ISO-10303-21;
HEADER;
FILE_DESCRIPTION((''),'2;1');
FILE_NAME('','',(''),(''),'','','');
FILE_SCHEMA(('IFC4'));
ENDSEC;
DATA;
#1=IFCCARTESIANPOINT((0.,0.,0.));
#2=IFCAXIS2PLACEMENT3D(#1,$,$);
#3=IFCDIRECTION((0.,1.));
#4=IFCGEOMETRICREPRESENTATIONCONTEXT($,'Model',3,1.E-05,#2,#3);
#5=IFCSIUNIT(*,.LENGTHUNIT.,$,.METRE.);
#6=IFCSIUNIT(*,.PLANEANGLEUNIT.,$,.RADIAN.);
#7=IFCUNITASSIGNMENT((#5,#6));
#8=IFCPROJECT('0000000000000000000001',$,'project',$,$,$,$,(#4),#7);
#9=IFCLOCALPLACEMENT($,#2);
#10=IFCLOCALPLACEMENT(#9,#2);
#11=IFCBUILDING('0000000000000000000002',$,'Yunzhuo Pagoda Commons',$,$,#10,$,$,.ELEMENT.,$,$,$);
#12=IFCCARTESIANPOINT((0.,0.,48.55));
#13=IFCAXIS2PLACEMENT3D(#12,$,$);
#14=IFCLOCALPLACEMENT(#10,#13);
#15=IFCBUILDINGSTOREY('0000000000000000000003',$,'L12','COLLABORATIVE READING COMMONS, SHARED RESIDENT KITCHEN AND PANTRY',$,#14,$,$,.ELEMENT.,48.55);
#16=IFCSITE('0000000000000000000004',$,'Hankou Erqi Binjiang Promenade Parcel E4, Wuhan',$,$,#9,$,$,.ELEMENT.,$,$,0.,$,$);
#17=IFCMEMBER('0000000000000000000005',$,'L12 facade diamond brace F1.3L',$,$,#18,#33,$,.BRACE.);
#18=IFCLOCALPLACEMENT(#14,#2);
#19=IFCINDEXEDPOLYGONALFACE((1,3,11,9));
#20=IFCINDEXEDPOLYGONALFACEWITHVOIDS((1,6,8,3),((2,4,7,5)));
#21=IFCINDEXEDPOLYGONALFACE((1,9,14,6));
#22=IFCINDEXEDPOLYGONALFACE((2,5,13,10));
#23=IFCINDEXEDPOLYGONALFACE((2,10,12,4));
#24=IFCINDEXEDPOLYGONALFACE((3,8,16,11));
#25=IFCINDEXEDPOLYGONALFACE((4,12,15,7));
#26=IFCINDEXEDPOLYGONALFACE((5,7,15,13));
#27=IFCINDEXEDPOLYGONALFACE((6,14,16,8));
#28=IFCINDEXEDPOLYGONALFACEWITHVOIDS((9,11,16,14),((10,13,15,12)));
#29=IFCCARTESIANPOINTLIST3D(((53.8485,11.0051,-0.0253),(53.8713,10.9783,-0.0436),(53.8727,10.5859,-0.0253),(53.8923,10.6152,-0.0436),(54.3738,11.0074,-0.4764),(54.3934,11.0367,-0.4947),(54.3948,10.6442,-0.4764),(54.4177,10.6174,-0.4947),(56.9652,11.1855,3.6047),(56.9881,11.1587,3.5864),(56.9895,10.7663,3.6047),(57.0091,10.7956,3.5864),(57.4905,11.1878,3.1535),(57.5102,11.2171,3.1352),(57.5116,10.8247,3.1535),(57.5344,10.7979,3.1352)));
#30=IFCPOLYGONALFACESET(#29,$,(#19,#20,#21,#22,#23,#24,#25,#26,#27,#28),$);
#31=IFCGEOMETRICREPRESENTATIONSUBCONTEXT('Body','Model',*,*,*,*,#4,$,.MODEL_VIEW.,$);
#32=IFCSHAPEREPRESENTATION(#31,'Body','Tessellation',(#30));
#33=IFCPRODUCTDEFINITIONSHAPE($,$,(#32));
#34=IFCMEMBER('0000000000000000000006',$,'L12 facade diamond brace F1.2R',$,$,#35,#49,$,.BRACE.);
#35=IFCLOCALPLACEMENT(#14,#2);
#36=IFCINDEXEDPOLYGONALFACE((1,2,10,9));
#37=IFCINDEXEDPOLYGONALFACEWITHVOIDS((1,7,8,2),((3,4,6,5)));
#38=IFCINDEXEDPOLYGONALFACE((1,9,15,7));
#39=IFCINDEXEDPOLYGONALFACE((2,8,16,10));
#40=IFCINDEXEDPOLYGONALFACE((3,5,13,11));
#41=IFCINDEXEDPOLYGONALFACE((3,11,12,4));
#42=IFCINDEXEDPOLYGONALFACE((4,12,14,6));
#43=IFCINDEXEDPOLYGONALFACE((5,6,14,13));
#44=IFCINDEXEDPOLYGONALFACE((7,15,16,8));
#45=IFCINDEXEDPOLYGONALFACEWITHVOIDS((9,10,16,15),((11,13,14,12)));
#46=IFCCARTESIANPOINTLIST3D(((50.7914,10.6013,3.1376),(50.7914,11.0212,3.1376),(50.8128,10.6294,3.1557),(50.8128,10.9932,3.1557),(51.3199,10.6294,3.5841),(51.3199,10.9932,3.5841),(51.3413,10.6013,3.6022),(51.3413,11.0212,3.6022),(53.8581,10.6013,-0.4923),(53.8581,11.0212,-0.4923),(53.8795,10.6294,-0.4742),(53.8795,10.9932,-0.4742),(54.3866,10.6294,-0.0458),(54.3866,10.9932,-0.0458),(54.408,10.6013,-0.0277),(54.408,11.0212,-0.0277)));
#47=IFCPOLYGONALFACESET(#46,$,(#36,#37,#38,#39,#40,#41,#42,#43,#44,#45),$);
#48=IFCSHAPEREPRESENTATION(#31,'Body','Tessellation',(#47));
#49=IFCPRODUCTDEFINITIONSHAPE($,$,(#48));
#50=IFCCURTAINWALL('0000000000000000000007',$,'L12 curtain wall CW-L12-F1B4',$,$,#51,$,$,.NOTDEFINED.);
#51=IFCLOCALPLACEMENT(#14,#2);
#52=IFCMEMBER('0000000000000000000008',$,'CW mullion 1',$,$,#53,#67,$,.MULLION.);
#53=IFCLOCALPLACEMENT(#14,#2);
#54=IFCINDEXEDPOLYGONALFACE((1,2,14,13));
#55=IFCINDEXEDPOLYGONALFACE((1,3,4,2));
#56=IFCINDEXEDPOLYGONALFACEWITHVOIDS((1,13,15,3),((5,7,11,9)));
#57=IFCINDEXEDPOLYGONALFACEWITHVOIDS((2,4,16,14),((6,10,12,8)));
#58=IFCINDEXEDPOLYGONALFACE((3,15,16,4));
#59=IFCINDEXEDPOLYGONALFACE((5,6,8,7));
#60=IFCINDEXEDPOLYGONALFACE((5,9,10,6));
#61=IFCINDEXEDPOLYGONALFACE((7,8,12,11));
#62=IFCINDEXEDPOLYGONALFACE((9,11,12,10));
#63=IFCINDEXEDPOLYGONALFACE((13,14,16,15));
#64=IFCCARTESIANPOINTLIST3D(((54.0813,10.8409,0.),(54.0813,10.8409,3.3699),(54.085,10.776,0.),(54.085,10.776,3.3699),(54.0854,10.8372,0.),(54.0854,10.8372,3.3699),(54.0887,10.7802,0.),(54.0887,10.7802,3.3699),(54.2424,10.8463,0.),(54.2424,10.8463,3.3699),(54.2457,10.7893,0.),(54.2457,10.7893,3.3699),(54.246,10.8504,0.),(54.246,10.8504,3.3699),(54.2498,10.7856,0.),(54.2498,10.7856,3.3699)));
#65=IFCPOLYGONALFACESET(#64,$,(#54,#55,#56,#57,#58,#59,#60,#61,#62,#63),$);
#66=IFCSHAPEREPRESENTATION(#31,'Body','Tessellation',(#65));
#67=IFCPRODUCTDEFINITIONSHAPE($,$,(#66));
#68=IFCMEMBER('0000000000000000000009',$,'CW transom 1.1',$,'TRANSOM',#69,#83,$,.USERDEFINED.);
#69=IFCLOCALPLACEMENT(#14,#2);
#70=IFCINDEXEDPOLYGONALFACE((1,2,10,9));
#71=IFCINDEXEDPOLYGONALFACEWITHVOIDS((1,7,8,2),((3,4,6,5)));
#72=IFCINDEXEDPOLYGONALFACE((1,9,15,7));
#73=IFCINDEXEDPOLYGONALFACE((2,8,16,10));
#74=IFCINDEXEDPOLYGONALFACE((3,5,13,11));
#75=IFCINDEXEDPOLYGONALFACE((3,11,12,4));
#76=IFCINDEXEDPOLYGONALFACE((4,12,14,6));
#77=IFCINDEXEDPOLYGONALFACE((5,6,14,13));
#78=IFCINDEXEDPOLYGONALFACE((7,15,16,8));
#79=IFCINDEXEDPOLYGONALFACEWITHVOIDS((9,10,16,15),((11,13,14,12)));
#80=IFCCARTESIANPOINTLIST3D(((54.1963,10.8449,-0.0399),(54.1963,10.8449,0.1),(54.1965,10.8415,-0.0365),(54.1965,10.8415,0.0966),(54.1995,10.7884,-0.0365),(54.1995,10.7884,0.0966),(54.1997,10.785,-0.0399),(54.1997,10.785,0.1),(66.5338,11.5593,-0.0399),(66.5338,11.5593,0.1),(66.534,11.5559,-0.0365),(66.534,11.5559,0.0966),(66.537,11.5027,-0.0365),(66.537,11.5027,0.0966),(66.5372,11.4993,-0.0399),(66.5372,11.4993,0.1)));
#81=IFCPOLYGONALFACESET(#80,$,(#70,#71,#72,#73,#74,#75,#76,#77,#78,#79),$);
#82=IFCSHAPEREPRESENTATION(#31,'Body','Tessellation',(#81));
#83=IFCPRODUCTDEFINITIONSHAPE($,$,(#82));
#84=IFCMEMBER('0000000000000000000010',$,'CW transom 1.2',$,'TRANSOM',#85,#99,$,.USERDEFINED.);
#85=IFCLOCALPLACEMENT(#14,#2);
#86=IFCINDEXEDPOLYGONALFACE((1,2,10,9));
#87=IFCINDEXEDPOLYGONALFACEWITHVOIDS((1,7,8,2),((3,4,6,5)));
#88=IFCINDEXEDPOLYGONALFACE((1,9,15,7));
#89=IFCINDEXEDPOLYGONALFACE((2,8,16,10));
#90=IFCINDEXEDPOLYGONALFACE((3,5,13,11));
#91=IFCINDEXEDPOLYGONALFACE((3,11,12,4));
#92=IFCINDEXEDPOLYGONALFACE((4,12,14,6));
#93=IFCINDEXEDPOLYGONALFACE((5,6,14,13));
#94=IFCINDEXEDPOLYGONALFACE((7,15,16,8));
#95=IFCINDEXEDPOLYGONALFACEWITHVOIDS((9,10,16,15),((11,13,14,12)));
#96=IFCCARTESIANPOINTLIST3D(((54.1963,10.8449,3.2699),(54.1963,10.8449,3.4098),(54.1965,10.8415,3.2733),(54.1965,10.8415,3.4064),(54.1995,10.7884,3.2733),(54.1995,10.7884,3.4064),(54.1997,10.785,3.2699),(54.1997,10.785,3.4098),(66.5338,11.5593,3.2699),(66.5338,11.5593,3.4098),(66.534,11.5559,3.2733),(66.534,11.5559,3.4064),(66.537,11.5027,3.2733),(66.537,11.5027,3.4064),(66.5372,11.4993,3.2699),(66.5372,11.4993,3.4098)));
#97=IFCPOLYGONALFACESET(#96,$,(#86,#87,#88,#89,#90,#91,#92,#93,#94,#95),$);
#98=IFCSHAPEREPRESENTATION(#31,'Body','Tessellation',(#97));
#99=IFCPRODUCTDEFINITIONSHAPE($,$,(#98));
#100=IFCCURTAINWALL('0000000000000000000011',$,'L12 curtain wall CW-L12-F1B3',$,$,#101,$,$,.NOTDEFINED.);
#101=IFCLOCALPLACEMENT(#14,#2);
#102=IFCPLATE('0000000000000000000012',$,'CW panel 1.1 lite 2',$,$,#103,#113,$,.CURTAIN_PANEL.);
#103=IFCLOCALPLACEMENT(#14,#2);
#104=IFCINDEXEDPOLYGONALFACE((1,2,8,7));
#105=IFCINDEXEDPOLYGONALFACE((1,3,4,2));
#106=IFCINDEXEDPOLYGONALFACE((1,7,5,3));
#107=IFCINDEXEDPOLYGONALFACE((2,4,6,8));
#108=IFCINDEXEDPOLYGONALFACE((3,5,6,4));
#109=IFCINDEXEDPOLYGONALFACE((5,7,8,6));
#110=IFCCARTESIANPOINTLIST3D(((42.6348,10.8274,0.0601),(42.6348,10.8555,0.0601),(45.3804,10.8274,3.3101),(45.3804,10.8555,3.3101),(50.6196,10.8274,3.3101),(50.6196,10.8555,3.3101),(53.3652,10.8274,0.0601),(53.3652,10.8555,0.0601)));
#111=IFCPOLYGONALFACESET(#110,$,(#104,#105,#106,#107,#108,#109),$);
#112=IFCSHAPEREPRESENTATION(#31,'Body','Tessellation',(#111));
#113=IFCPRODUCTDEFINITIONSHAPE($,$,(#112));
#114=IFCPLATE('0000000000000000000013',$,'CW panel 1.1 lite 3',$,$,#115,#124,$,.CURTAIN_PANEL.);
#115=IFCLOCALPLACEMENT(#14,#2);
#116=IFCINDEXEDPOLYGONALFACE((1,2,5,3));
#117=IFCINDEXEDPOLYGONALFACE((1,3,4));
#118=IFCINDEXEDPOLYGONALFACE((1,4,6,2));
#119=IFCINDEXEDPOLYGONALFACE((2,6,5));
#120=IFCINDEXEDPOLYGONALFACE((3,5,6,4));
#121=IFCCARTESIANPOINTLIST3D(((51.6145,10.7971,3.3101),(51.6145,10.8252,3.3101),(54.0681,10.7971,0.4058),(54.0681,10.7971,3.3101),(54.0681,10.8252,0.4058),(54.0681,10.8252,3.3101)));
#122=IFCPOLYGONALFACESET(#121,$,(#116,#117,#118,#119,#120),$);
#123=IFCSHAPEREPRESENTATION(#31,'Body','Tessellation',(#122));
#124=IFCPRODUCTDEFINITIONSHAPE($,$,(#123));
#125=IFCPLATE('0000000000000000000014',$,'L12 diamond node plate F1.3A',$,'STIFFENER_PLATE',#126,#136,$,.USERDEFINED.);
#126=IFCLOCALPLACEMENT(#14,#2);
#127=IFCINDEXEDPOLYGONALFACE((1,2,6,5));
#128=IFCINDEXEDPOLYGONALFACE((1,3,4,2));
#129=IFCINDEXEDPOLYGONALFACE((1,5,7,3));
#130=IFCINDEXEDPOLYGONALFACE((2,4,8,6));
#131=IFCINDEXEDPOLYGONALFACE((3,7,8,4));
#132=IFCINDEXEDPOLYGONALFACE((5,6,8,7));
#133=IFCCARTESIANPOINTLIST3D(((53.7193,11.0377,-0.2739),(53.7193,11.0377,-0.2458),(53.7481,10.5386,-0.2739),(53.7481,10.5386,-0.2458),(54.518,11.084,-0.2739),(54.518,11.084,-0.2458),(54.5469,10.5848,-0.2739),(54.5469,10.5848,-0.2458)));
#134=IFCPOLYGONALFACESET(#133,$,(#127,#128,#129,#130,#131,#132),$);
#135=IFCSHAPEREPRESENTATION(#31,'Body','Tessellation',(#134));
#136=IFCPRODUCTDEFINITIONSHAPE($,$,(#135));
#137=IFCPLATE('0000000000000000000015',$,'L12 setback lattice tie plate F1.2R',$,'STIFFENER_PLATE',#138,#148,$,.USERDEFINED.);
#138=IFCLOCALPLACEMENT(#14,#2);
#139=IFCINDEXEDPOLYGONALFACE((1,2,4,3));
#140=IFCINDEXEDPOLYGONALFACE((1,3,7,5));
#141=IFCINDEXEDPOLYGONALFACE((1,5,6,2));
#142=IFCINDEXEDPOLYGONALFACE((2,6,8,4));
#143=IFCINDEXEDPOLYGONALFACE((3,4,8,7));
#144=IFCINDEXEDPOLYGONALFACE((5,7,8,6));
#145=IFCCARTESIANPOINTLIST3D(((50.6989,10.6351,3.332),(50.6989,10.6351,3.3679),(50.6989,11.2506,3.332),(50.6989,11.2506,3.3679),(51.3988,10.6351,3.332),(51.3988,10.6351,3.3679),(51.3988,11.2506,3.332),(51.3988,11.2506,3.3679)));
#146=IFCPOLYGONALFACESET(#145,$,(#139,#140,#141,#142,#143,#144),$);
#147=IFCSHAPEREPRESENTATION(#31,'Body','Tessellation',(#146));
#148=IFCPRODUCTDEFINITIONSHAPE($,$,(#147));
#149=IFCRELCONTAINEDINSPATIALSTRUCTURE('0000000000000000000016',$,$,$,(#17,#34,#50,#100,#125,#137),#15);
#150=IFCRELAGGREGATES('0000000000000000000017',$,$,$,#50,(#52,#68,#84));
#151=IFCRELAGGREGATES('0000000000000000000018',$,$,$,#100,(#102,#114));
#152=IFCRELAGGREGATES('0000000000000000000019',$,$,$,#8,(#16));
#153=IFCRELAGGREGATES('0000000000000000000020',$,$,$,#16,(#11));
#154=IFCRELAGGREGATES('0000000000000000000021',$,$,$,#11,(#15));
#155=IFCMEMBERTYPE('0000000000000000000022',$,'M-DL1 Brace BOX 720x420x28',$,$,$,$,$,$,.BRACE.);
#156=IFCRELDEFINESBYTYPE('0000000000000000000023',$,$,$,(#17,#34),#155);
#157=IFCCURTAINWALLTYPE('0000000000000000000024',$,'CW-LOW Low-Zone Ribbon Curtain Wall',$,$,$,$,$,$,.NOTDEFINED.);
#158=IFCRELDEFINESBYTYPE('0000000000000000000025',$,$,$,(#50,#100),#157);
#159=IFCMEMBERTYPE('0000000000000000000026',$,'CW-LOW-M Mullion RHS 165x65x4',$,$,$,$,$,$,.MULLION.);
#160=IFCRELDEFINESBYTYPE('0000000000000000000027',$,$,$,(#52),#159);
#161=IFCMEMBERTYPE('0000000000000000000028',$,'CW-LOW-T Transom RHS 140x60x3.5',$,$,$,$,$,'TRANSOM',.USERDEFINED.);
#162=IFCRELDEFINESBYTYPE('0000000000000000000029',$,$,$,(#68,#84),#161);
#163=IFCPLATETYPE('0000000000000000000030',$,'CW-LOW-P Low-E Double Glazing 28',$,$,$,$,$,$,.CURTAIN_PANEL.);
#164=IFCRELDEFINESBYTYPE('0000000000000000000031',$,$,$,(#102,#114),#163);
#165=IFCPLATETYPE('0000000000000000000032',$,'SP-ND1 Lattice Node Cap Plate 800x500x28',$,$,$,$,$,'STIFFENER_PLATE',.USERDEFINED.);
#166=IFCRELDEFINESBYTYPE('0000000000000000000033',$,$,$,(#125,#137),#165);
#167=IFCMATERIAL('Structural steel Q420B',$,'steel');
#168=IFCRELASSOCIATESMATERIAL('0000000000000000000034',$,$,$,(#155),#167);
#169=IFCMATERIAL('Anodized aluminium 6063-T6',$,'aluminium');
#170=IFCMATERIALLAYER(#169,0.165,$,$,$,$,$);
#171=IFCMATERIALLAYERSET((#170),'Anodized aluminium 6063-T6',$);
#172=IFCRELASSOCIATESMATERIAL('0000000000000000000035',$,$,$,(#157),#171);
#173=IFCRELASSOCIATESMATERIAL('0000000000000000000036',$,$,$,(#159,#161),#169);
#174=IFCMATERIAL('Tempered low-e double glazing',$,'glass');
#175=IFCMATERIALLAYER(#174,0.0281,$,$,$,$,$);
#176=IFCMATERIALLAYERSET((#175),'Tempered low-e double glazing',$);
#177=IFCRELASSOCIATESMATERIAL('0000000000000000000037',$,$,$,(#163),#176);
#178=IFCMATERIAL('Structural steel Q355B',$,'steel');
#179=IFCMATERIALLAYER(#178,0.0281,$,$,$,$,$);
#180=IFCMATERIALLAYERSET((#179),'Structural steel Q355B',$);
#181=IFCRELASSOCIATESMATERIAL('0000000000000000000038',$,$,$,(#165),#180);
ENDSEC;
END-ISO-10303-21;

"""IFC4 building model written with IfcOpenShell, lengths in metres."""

from ifc_helpers import new_model, si_unit, direction, frame, origin, origin_2d, place, context, subcontext, project, spatial, polyline, rectangle, hollow_rectangle, outline, extrude, source, transform, mapped, material, layer, layer_set, material_profile, profile_set, type_object, element, aggregate, save


model = new_model("IFC4")

# Units and contexts
model_context = context("Model", 3, precision=1e-05, world=origin(), true_north=direction((0.0, 1.0)))
body_context = subcontext(model_context, "Body", "Model", "MODEL_VIEW")
ifc_project = project(units=[si_unit("LENGTHUNIT", "METRE"), si_unit("PLANEANGLEUNIT", "RADIAN")], contexts=[model_context])

# Site, building, storey
site_placement = place(None, origin())
site = spatial("IfcSite", under=ifc_project, at=site_placement, Name="Hankou Erqi Binjiang Promenade Parcel E4, Wuhan", CompositionType="ELEMENT", RefElevation=0.0)
building_placement = place(site_placement, origin())
building = spatial("IfcBuilding", under=site, at=building_placement, Name="Yunzhuo Pagoda Commons", CompositionType="ELEMENT")
storey_placement = place(building_placement, frame((0.0, 0.0, 48.55)))
storey = spatial("IfcBuildingStorey", under=building, at=storey_placement, Name="L12", Description="COLLABORATIVE READING COMMONS, SHARED RESIDENT KITCHEN AND PANTRY", CompositionType="ELEMENT", Elevation=48.55)

# Shared definitions
ifc_material_1 = material(Name="Structural steel Q420B", Category="steel")

# Shared definitions
ifc_material_2 = material(Name="Structural steel Q355B", Category="steel")

# Members
ifc_material_profile_1 = material_profile(ifc_material_1, hollow_rectangle(XDim=0.4199, YDim=0.72, WallThickness=0.0281, at=origin_2d()), Name="Structural steel Q420B")
ifc_profile_set_1 = profile_set([ifc_material_profile_1], Name="Structural steel Q420B")
member_type_1 = type_object("IfcMemberType", Name="M-DL1 Brace BOX 720x420x28", PredefinedType="BRACE", material=ifc_profile_set_1)
shared_shape_1 = source(origin(), body_context, "Body", "SweptSolid", [
    extrude(hollow_rectangle(XDim=0.4199, YDim=0.72, WallThickness=0.0281, at=origin_2d()), origin(), (0.0, 0.0, 1.0), 4.7878),
])
member_1_placement = place(storey_placement, frame((54.1331, 10.8113, -0.26), z_axis=(0.650976, 0.037684, 0.758163), x_axis=(-0.057791, 0.998329, 0.0)))
element("IfcMember", 1, at=member_1_placement, inside=storey, type_object=member_type_1, Name="L12 facade diamond brace F1.3L", PredefinedType="BRACE", context=body_context, shape_type="MappedRepresentation", body=[
    mapped(shared_shape_1, transform((0.0, 0.0, 0.0), scale=1.0)),
])
shared_shape_2 = source(origin(), body_context, "Body", "SweptSolid", [
    extrude(hollow_rectangle(XDim=0.4199, YDim=0.72, WallThickness=0.0281, at=origin_2d()), origin(), (0.0, 0.0, 1.0), 4.752),
])
member_2_placement = place(storey_placement, frame((54.1331, 10.8113, -0.26), z_axis=(-0.645355, 0.0, 0.763883), x_axis=(0.0, -1.0, 0.0)))
element("IfcMember", 2, at=member_2_placement, inside=storey, type_object=member_type_1, Name="L12 facade diamond brace F1.2R", PredefinedType="BRACE", context=body_context, shape_type="MappedRepresentation", body=[
    mapped(shared_shape_2, transform((0.0, 0.0, 0.0), scale=1.0)),
])

# Curtain wall, members
ifc_material_3 = material(Name="Anodized aluminium 6063-T6", Category="aluminium")
ifc_layer_1 = layer(ifc_material_3, 0.165)
ifc_layer_set_1 = layer_set([ifc_layer_1], Name="Anodized aluminium 6063-T6")
curtain_wall_type = type_object("IfcCurtainWallType", Name="CW-LOW Low-Zone Ribbon Curtain Wall", PredefinedType="NOTDEFINED", material=ifc_layer_set_1)
curtain_wall_1_placement = place(storey_placement, origin())
curtain_wall_1 = element("IfcCurtainWall", 3, at=curtain_wall_1_placement, inside=storey, type_object=curtain_wall_type, Name="L12 curtain wall CW-L12-F1B4", PredefinedType="NOTDEFINED")
ifc_material_profile_2 = material_profile(ifc_material_3, hollow_rectangle(XDim=0.0649, YDim=0.165, WallThickness=0.0039, at=origin_2d()), Name="Anodized aluminium 6063-T6")
ifc_profile_set_2 = profile_set([ifc_material_profile_2], Name="Anodized aluminium 6063-T6")
member_type_2 = type_object("IfcMemberType", Name="CW-LOW-M Mullion RHS 165x65x4", PredefinedType="MULLION", material=ifc_profile_set_2)
shared_shape_3 = source(origin(), body_context, "Body", "SweptSolid", [
    extrude(hollow_rectangle(XDim=0.0649, YDim=0.165, WallThickness=0.0039, at=origin_2d()), origin(), (0.0, 0.0, 1.0), 3.3699),
])
member_3_placement = place(storey_placement, frame((54.1655, 10.8132, 0.0), z_axis=(0.0, 0.0, 1.0), x_axis=(-0.057791, 0.998329, 0.0)))
member_3 = element("IfcMember", 4, at=member_3_placement, type_object=member_type_2, Name="CW mullion 1", PredefinedType="MULLION", context=body_context, shape_type="MappedRepresentation", body=[
    mapped(shared_shape_3, transform((0.0, 0.0, 0.0), scale=1.0)),
])
ifc_material_profile_3 = material_profile(ifc_material_3, hollow_rectangle(XDim=0.0601, YDim=0.1399, WallThickness=0.0034, at=origin_2d()), Name="Anodized aluminium 6063-T6")
ifc_profile_set_3 = profile_set([ifc_material_profile_3], Name="Anodized aluminium 6063-T6")
member_type_3 = type_object("IfcMemberType", Name="CW-LOW-T Transom RHS 140x60x3.5", ElementType="TRANSOM", PredefinedType="USERDEFINED", material=ifc_profile_set_3)
shared_shape_4 = source(origin(), body_context, "Body", "SweptSolid", [
    extrude(hollow_rectangle(XDim=0.0601, YDim=0.1399, WallThickness=0.0034, at=origin_2d()), origin(), (0.0, 0.0, 1.0), 12.3582),
])
member_4_placement = place(storey_placement, frame((54.198, 10.8149, 0.03), z_axis=(0.998328, 0.057805, 0.0), x_axis=(-0.057805, 0.998328, 0.0)))
member_4 = element("IfcMember", 5, at=member_4_placement, type_object=member_type_3, Name="CW transom 1.1", ObjectType="TRANSOM", PredefinedType="USERDEFINED", context=body_context, shape_type="MappedRepresentation", body=[
    mapped(shared_shape_4, transform((0.0, 0.0, 0.0), scale=1.0)),
])
member_5_placement = place(storey_placement, frame((54.198, 10.8149, 3.3398), z_axis=(0.998328, 0.057805, 0.0), x_axis=(-0.057805, 0.998328, 0.0)))
member_5 = element("IfcMember", 6, at=member_5_placement, type_object=member_type_3, Name="CW transom 1.2", ObjectType="TRANSOM", PredefinedType="USERDEFINED", context=body_context, shape_type="MappedRepresentation", body=[
    mapped(shared_shape_4, transform((0.0, 0.0, 0.0), scale=1.0)),
])
aggregate(curtain_wall_1, [member_3, member_4, member_5])

# Curtain wall, plates
curtain_wall_2_placement = place(storey_placement, origin())
curtain_wall_2 = element("IfcCurtainWall", 7, at=curtain_wall_2_placement, inside=storey, type_object=curtain_wall_type, Name="L12 curtain wall CW-L12-F1B3", PredefinedType="NOTDEFINED")
ifc_material_4 = material(Name="Tempered low-e double glazing", Category="glass")
ifc_layer_2 = layer(ifc_material_4, 0.0281)
ifc_layer_set_2 = layer_set([ifc_layer_2], Name="Tempered low-e double glazing")
plate_type_1 = type_object("IfcPlateType", Name="CW-LOW-P Low-E Double Glazing 28", PredefinedType="CURTAIN_PANEL", material=ifc_layer_set_2)
plate_1_placement = place(storey_placement, frame((48.0, 10.8555, 1.6851), z_axis=(0.0, -1.0, 0.0), x_axis=(1.0, 0.0, 0.0)))
plate_1 = element("IfcPlate", 8, at=plate_1_placement, type_object=plate_type_1, Name="CW panel 1.1 lite 2", PredefinedType="CURTAIN_PANEL", context=body_context, shape_type="SweptSolid", body=[
    extrude(outline(polyline([(-5.3652, -1.625), (5.3652, -1.625), (2.6196, 1.625), (-2.6196, 1.625), (-5.3652, -1.625)])), origin(), (0.0, 0.0, 1.0), 0.0281),
])
plate_2_placement = place(storey_placement, frame((52.8413, 10.8252, 1.8579), z_axis=(0.0, -1.0, 0.0), x_axis=(1.0, 0.0, 0.0)))
plate_2 = element("IfcPlate", 9, at=plate_2_placement, type_object=plate_type_1, Name="CW panel 1.1 lite 3", PredefinedType="CURTAIN_PANEL", context=body_context, shape_type="SweptSolid", body=[
    extrude(outline(polyline([(-1.2268, 1.4521), (1.2268, -1.4521), (1.2268, 1.4521), (-1.2268, 1.4521)])), origin(), (0.0, 0.0, 1.0), 0.0281),
])
aggregate(curtain_wall_2, [plate_1, plate_2])

# Plates
ifc_layer_3 = layer(ifc_material_2, 0.0281)
ifc_layer_set_3 = layer_set([ifc_layer_3], Name="Structural steel Q355B")
plate_type_2 = type_object("IfcPlateType", Name="SP-ND1 Lattice Node Cap Plate 800x500x28", ElementType="STIFFENER_PLATE", PredefinedType="USERDEFINED", material=ifc_layer_set_3)
shared_shape_5 = source(origin(), body_context, "Body", "SweptSolid", [
    extrude(rectangle(XDim=0.8, YDim=0.5, at=origin_2d()), origin(), (0.0, 0.0, 1.0), 0.0281),
])
plate_3_placement = place(storey_placement, frame((54.1331, 10.8113, -0.2739), z_axis=(0.0, 0.0, 1.0), x_axis=(0.998329, 0.057791, 0.0)))
element("IfcPlate", 10, at=plate_3_placement, inside=storey, type_object=plate_type_2, Name="L12 diamond node plate F1.3A", ObjectType="STIFFENER_PLATE", PredefinedType="USERDEFINED", context=body_context, shape_type="MappedRepresentation", body=[
    mapped(shared_shape_5, transform((0.0, 0.0, 0.0), scale=1.0)),
])
shared_shape_6 = source(origin(), body_context, "Body", "SweptSolid", [
    extrude(rectangle(XDim=0.7, YDim=0.6155, at=origin_2d()), origin(), (0.0, 0.0, 1.0), 0.0359),
])
plate_4_placement = place(storey_placement, frame((51.0488, 10.9429, 3.332), z_axis=(0.0, 0.0, 1.0), x_axis=(1.0, 0.0, 0.0)))
element("IfcPlate", 11, at=plate_4_placement, inside=storey, type_object=plate_type_2, Name="L12 setback lattice tie plate F1.2R", ObjectType="STIFFENER_PLATE", PredefinedType="USERDEFINED", context=body_context, shape_type="MappedRepresentation", body=[
    mapped(shared_shape_6, transform((0.0, 0.0, 0.0), scale=1.0)),
])

save(model, "model.ifc")
